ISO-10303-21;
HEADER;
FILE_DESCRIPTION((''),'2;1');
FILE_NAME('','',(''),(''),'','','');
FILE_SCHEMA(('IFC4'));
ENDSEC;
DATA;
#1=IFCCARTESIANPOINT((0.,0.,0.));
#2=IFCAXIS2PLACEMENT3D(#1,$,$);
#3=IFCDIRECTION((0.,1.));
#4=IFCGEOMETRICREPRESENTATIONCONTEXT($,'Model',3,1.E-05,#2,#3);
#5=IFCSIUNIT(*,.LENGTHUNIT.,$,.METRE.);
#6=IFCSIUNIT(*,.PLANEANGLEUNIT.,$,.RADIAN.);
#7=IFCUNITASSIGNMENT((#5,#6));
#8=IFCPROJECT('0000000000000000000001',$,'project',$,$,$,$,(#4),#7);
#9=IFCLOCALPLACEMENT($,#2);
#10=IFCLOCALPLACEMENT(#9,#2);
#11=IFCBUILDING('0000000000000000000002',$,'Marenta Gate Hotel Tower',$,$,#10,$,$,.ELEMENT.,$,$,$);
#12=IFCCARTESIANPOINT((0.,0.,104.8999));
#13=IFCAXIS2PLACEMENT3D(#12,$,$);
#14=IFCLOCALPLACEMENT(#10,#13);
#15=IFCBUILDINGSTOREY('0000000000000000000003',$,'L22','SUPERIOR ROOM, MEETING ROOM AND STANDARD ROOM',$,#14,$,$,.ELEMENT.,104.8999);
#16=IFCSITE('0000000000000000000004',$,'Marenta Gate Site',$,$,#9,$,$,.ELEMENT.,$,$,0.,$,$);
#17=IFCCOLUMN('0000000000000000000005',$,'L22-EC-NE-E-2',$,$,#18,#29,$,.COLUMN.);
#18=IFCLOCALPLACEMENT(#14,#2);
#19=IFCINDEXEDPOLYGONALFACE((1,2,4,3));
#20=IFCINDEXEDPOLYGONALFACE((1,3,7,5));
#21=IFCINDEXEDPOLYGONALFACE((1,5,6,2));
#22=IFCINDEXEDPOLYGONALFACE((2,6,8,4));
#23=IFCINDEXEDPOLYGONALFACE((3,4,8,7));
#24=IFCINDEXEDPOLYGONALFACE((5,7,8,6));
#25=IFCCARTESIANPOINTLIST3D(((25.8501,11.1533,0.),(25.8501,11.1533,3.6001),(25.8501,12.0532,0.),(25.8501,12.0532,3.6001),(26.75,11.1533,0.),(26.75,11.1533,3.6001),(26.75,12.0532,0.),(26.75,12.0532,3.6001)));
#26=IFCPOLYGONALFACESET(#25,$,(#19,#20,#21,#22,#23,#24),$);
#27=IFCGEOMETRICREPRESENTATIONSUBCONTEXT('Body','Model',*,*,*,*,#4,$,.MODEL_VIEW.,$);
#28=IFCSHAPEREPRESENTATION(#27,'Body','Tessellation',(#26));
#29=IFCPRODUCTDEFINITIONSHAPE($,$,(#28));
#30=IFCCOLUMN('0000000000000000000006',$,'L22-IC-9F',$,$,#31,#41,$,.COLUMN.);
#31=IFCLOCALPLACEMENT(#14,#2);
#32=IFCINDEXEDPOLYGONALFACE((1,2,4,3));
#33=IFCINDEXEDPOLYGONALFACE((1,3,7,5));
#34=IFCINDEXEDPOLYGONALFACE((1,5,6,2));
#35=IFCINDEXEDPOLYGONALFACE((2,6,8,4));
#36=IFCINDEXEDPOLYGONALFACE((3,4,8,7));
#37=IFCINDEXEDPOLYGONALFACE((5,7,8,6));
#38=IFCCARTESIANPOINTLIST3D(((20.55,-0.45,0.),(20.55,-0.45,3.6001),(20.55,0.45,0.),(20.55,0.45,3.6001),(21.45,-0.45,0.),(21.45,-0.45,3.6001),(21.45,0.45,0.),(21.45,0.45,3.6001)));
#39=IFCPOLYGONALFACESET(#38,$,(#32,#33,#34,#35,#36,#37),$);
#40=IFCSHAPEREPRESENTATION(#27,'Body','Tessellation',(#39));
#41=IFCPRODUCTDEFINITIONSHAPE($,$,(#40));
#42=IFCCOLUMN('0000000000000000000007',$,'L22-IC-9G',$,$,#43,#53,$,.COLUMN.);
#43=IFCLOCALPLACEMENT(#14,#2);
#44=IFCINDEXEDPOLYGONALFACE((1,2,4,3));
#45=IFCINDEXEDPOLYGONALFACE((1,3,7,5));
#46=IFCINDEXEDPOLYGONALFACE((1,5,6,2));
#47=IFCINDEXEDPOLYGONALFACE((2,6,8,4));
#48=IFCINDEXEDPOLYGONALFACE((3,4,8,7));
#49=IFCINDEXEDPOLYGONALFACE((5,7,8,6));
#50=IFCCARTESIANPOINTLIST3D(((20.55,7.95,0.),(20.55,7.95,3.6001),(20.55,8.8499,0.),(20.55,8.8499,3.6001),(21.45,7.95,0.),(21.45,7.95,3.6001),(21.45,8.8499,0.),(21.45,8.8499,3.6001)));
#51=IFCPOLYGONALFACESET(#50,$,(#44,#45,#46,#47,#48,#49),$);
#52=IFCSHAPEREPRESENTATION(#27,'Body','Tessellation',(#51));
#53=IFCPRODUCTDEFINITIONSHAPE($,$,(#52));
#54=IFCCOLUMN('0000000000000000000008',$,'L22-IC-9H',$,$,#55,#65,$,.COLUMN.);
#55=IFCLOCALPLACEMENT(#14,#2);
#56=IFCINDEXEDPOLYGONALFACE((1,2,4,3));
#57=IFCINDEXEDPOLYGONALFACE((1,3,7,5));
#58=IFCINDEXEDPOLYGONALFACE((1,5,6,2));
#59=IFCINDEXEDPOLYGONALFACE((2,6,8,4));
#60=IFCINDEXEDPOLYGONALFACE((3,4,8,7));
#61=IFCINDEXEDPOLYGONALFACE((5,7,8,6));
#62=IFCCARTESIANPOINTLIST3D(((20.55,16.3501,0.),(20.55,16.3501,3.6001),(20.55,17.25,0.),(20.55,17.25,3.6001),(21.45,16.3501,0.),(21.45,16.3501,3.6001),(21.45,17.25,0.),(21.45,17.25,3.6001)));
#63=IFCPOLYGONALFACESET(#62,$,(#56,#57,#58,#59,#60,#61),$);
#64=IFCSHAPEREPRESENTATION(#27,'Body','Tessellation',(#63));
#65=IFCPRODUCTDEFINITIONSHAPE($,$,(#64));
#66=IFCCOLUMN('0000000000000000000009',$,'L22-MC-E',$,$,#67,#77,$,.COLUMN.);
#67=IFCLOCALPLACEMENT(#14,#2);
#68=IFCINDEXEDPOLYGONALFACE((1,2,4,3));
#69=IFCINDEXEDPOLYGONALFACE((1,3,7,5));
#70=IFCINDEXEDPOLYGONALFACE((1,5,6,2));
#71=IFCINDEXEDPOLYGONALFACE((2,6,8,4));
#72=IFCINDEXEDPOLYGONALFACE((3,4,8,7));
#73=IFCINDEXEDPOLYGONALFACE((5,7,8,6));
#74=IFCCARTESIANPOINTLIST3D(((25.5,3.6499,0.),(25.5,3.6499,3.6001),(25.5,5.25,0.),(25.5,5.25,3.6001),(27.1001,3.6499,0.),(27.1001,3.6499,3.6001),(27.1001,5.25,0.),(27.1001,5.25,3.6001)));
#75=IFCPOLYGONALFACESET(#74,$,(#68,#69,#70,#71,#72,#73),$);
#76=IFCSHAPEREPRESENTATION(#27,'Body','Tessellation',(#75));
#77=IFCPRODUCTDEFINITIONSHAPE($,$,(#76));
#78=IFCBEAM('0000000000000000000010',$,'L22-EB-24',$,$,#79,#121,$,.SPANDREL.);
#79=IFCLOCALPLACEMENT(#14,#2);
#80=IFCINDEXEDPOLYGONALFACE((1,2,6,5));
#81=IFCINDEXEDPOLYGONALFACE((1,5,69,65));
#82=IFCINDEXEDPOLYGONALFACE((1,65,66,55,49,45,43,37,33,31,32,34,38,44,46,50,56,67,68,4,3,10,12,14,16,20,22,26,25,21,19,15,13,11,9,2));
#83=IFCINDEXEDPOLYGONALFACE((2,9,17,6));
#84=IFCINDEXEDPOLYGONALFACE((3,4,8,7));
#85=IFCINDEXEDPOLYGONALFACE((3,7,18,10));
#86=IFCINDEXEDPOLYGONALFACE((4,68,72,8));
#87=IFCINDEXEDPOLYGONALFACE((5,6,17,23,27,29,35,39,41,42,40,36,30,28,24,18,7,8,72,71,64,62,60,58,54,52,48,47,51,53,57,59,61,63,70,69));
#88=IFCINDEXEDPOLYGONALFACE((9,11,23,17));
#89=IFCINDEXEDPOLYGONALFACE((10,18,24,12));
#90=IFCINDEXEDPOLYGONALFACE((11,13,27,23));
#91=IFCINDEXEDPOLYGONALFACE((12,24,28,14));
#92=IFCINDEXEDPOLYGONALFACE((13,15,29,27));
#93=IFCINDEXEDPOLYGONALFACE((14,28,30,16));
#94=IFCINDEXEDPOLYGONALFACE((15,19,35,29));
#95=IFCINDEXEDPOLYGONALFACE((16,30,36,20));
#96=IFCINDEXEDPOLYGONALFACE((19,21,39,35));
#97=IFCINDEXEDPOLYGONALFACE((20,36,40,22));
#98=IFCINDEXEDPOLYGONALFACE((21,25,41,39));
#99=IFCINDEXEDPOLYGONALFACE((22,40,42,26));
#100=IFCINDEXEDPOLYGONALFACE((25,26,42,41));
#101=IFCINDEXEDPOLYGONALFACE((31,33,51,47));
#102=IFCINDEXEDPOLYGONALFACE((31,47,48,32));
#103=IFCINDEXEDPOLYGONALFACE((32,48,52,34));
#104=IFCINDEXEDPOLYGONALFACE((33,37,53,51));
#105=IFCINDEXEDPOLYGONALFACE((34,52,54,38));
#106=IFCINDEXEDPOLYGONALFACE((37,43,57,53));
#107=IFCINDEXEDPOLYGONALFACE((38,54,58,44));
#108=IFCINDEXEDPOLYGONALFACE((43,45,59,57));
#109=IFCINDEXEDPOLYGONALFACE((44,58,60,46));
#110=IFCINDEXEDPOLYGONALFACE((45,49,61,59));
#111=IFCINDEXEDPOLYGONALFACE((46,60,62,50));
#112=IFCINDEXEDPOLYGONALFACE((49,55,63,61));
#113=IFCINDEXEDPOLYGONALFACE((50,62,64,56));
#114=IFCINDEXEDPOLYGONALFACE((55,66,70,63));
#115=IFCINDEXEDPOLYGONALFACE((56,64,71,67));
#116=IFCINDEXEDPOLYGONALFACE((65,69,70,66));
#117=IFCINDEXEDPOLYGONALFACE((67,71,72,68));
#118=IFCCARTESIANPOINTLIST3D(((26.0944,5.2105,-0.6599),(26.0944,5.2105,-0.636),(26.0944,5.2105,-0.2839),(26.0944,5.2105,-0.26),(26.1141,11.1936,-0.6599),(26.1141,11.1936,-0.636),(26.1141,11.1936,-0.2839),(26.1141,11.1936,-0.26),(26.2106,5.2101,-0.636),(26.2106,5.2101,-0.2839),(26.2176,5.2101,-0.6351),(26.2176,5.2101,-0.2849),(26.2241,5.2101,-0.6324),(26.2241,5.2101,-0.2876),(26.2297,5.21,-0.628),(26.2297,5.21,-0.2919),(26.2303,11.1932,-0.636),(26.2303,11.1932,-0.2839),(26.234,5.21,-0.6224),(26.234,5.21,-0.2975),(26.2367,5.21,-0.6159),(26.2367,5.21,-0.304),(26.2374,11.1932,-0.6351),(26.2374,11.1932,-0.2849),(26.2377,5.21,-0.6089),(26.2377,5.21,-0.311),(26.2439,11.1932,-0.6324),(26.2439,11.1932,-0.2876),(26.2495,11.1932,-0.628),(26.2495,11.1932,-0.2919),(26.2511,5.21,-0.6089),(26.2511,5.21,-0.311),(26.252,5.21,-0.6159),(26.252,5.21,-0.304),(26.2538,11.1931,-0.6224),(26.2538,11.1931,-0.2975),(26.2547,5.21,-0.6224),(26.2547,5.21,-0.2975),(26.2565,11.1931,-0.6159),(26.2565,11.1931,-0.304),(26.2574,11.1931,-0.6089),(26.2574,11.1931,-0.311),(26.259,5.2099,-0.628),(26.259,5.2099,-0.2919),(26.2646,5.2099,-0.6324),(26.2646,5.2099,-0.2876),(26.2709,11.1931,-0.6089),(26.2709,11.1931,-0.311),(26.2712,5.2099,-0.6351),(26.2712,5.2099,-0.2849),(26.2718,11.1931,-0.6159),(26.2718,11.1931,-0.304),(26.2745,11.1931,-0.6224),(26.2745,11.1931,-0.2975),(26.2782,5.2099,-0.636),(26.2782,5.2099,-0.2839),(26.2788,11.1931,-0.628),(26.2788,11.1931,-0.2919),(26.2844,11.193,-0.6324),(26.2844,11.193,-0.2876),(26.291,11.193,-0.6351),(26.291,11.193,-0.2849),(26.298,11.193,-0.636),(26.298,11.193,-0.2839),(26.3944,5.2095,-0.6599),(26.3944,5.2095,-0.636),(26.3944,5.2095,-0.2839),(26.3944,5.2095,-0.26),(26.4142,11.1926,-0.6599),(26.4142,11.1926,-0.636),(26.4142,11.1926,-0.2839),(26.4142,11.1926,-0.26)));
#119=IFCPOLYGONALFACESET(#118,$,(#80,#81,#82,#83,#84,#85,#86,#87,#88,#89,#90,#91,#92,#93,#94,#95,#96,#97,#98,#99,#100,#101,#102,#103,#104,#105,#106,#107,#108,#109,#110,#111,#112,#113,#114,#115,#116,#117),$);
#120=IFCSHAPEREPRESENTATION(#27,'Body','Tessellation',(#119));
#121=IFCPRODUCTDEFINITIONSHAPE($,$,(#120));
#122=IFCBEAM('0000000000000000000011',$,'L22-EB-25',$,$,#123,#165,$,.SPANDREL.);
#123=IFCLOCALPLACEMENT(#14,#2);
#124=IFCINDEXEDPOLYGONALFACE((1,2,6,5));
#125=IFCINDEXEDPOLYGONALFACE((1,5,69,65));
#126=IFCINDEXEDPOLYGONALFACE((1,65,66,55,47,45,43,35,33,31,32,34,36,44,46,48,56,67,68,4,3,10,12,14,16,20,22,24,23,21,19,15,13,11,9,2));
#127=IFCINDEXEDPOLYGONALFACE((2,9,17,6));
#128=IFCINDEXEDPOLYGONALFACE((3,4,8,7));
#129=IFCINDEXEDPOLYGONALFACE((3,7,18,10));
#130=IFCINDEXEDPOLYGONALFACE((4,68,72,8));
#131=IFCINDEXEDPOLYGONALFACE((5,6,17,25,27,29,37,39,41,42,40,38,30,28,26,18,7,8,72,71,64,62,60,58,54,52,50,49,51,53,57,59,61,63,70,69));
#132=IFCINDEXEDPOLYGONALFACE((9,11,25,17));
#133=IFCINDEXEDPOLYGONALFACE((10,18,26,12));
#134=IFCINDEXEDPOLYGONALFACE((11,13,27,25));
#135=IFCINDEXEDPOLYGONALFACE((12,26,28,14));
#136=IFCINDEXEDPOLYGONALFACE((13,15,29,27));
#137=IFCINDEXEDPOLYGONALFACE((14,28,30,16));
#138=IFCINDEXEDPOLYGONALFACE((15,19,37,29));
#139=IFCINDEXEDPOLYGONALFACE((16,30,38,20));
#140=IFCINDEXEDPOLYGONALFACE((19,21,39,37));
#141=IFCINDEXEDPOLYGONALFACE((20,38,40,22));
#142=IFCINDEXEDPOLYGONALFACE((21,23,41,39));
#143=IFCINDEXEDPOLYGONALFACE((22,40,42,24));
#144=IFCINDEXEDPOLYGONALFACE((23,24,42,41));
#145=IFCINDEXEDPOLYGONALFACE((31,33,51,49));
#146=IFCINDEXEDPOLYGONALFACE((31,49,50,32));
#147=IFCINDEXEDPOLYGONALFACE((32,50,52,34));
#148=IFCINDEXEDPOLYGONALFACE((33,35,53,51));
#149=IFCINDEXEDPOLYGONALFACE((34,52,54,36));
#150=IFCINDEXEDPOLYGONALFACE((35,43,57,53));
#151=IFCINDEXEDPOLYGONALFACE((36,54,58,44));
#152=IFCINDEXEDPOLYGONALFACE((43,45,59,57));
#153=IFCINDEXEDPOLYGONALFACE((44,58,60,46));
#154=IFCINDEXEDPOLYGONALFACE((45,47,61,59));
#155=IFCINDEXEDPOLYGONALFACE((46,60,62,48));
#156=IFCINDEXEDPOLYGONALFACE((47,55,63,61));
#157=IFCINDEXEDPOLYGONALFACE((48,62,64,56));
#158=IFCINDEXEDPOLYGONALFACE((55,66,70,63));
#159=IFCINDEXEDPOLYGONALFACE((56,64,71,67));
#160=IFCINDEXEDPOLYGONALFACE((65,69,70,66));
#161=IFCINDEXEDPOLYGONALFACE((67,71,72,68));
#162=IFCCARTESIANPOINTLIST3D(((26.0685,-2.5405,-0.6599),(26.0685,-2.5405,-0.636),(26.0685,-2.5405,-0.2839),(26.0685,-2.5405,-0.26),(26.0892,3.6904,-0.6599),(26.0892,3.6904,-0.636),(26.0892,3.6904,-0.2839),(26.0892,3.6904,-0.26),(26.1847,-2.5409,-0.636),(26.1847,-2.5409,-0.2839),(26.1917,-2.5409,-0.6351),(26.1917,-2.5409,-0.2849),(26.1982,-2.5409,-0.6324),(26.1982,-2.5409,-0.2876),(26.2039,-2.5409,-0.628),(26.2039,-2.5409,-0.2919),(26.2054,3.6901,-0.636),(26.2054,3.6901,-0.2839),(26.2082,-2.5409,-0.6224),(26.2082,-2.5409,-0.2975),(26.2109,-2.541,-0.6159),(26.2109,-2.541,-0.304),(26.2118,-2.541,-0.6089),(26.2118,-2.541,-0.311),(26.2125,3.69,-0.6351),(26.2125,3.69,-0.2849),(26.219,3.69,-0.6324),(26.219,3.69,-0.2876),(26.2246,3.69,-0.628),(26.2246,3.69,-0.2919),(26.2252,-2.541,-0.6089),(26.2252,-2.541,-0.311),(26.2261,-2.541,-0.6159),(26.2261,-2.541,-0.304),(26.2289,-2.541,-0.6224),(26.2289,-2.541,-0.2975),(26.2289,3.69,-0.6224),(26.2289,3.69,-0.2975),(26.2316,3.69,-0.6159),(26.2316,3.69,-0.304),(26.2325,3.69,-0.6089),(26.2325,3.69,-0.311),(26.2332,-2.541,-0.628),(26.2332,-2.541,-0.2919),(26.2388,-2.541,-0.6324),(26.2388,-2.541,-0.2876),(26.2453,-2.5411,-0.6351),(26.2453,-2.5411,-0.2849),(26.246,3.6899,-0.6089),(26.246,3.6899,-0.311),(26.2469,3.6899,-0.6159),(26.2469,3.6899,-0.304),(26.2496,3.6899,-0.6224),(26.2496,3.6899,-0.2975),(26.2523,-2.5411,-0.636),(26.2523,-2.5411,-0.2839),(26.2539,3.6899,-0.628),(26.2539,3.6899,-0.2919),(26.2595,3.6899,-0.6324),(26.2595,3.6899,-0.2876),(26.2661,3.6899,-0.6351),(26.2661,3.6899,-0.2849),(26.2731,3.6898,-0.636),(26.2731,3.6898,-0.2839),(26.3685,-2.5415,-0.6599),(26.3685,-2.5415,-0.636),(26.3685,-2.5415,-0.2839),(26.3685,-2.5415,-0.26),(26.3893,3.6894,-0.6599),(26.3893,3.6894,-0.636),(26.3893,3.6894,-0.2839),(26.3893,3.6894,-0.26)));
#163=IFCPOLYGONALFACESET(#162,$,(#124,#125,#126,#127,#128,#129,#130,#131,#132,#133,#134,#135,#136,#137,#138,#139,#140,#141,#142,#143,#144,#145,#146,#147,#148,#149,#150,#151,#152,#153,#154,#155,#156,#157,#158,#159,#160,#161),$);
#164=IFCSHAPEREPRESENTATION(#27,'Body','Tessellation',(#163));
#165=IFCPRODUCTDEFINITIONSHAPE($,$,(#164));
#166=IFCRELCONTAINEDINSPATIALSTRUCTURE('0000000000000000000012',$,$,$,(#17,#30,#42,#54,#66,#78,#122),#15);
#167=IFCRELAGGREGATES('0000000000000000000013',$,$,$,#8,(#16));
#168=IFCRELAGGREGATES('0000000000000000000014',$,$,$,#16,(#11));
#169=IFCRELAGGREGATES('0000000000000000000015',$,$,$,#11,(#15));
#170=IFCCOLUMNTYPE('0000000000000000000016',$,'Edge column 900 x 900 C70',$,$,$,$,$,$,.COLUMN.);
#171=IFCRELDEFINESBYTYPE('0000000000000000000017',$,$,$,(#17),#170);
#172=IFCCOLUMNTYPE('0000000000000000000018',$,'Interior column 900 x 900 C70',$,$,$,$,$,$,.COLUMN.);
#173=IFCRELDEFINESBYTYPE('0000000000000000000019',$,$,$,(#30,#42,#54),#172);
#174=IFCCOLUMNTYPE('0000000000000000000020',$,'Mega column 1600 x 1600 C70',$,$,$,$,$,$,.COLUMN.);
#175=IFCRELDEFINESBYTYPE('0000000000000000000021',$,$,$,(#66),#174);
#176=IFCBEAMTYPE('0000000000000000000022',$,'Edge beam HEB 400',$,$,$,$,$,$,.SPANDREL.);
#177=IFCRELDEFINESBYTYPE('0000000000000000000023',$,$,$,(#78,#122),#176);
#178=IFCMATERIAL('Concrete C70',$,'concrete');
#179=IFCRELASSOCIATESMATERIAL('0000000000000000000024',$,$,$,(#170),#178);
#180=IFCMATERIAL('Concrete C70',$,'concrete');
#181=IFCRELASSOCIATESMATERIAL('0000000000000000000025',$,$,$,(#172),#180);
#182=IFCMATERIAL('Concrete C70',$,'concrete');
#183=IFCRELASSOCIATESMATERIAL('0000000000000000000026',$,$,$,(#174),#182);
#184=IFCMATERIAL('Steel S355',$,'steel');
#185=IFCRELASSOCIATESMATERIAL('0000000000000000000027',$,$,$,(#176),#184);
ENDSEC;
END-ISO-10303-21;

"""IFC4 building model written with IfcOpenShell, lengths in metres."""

from ifc_helpers import new_model, si_unit, direction, frame, origin, origin_2d, place, context, subcontext, project, spatial, rectangle, i_section, extrude, material, material_profile, profile_set, type_object, element, save


model = new_model("IFC4")

# Units and contexts
model_context = context("Model", 3, precision=1e-05, world=origin(), true_north=direction((0.0, 1.0)))
body_context = subcontext(model_context, "Body", "Model", "MODEL_VIEW")
ifc_project = project(units=[si_unit("LENGTHUNIT", "METRE"), si_unit("PLANEANGLEUNIT", "RADIAN")], contexts=[model_context])

# Site, building, storey
site_placement = place(None, origin())
site = spatial("IfcSite", under=ifc_project, at=site_placement, Name="Marenta Gate Site", CompositionType="ELEMENT", RefElevation=0.0)
building_placement = place(site_placement, origin())
building = spatial("IfcBuilding", under=site, at=building_placement, Name="Marenta Gate Hotel Tower", CompositionType="ELEMENT")
storey_placement = place(building_placement, frame((0.0, 0.0, 104.8999)))
storey = spatial("IfcBuildingStorey", under=building, at=storey_placement, Name="L22", Description="SUPERIOR ROOM, MEETING ROOM AND STANDARD ROOM", CompositionType="ELEMENT", Elevation=104.8999)

# Columns
ifc_material_1 = material(Name="Concrete C70", Category="concrete")
ifc_material_profile_1 = material_profile(ifc_material_1, rectangle(XDim=0.8999, YDim=0.8999, at=origin_2d()), Name="900 x 900")
ifc_profile_set_1 = profile_set([ifc_material_profile_1], Name="Concrete C70")
column_type_1 = type_object("IfcColumnType", Name="Edge column 900 x 900 C70", PredefinedType="COLUMN", material=ifc_profile_set_1)
column_1_placement = place(storey_placement, frame((26.3, 11.6033, 0.0), z_axis=(0.0, 0.0, 1.0), x_axis=(1.0, 0.0, 0.0)))
element("IfcColumn", 1, at=column_1_placement, inside=storey, type_object=column_type_1, Name="L22-EC-NE-E-2", PredefinedType="COLUMN", context=body_context, shape_type="SweptSolid", body=[
    extrude(rectangle(XDim=0.8999, YDim=0.8999, at=origin_2d()), origin(), (0.0, 0.0, 1.0), 3.6001),
])
ifc_material_2 = material(Name="Concrete C70", Category="concrete")
ifc_material_profile_2 = material_profile(ifc_material_2, rectangle(XDim=0.8999, YDim=0.8999, at=origin_2d()), Name="900 x 900")
ifc_profile_set_2 = profile_set([ifc_material_profile_2], Name="Concrete C70")
column_type_2 = type_object("IfcColumnType", Name="Interior column 900 x 900 C70", PredefinedType="COLUMN", material=ifc_profile_set_2)
for number, where, z_axis, x_axis, name in (
    (2, (21.0, 0.0, 0.0), (0.0, 0.0, 1.0), (1.0, 0.0, 0.0), "L22-IC-9F"),
    (3, (21.0, 8.3999, 0.0), (0.0, 0.0, 1.0), (1.0, 0.0, 0.0), "L22-IC-9G"),
    (4, (21.0, 16.8, 0.0), (0.0, 0.0, 1.0), (1.0, 0.0, 0.0), "L22-IC-9H"),
):
    element("IfcColumn", number, at=place(storey_placement, frame(where, z_axis=z_axis, x_axis=x_axis)), inside=storey, type_object=column_type_2, Name=name, PredefinedType="COLUMN", context=body_context, shape_type="SweptSolid", body=[
        extrude(rectangle(XDim=0.8999, YDim=0.8999, at=origin_2d()), origin(), (0.0, 0.0, 1.0), 3.6001),
    ])
ifc_material_3 = material(Name="Concrete C70", Category="concrete")
ifc_material_profile_3 = material_profile(ifc_material_3, rectangle(XDim=1.6001, YDim=1.6001, at=origin_2d()), Name="1600 x 1600")
ifc_profile_set_3 = profile_set([ifc_material_profile_3], Name="Concrete C70")
column_type_3 = type_object("IfcColumnType", Name="Mega column 1600 x 1600 C70", PredefinedType="COLUMN", material=ifc_profile_set_3)
column_2_placement = place(storey_placement, frame((26.3, 4.45, 0.0), z_axis=(0.0, 0.0, 1.0), x_axis=(1.0, 0.0, 0.0)))
element("IfcColumn", 5, at=column_2_placement, inside=storey, type_object=column_type_3, Name="L22-MC-E", PredefinedType="COLUMN", context=body_context, shape_type="SweptSolid", body=[
    extrude(rectangle(XDim=1.6001, YDim=1.6001, at=origin_2d()), origin(), (0.0, 0.0, 1.0), 3.6001),
])

# Beams
ifc_material_4 = material(Name="Steel S355", Category="steel")
ifc_material_profile_4 = material_profile(ifc_material_4, i_section(OverallWidth=0.3, OverallDepth=0.3999, WebThickness=0.0134, FlangeThickness=0.0239, FilletRadius=0.0271, at=origin_2d()), Name="HEB 400")
ifc_profile_set_4 = profile_set([ifc_material_profile_4], Name="Steel S355")
beam_type_1 = type_object("IfcBeamType", Name="Edge beam HEB 400", PredefinedType="SPANDREL", material=ifc_profile_set_4)
beam_1_placement = place(storey_placement, frame((26.2642, 11.1931, -0.46), z_axis=(-0.003305, -0.999995, 0.0), x_axis=(0.999995, -0.003305, 0.0)))
element("IfcBeam", 6, at=beam_1_placement, inside=storey, type_object=beam_type_1, Name="L22-EB-24", PredefinedType="SPANDREL", context=body_context, shape_type="SweptSolid", body=[
    extrude(i_section(OverallWidth=0.3, OverallDepth=0.3999, WebThickness=0.0134, FlangeThickness=0.0239, FilletRadius=0.0271, at=origin_2d()), origin(), (0.0, 0.0, 1.0), 5.9832),
])
beam_2_placement = place(storey_placement, frame((26.2393, 3.6899, -0.46), z_axis=(-0.00333, -0.999994, 0.0), x_axis=(0.999994, -0.00333, 0.0)))
element("IfcBeam", 7, at=beam_2_placement, inside=storey, type_object=beam_type_1, Name="L22-EB-25", PredefinedType="SPANDREL", context=body_context, shape_type="SweptSolid", body=[
    extrude(i_section(OverallWidth=0.3, OverallDepth=0.3999, WebThickness=0.0134, FlangeThickness=0.0239, FilletRadius=0.0271, at=origin_2d()), origin(), (0.0, 0.0, 1.0), 6.231),
])

save(model, "model.ifc")
